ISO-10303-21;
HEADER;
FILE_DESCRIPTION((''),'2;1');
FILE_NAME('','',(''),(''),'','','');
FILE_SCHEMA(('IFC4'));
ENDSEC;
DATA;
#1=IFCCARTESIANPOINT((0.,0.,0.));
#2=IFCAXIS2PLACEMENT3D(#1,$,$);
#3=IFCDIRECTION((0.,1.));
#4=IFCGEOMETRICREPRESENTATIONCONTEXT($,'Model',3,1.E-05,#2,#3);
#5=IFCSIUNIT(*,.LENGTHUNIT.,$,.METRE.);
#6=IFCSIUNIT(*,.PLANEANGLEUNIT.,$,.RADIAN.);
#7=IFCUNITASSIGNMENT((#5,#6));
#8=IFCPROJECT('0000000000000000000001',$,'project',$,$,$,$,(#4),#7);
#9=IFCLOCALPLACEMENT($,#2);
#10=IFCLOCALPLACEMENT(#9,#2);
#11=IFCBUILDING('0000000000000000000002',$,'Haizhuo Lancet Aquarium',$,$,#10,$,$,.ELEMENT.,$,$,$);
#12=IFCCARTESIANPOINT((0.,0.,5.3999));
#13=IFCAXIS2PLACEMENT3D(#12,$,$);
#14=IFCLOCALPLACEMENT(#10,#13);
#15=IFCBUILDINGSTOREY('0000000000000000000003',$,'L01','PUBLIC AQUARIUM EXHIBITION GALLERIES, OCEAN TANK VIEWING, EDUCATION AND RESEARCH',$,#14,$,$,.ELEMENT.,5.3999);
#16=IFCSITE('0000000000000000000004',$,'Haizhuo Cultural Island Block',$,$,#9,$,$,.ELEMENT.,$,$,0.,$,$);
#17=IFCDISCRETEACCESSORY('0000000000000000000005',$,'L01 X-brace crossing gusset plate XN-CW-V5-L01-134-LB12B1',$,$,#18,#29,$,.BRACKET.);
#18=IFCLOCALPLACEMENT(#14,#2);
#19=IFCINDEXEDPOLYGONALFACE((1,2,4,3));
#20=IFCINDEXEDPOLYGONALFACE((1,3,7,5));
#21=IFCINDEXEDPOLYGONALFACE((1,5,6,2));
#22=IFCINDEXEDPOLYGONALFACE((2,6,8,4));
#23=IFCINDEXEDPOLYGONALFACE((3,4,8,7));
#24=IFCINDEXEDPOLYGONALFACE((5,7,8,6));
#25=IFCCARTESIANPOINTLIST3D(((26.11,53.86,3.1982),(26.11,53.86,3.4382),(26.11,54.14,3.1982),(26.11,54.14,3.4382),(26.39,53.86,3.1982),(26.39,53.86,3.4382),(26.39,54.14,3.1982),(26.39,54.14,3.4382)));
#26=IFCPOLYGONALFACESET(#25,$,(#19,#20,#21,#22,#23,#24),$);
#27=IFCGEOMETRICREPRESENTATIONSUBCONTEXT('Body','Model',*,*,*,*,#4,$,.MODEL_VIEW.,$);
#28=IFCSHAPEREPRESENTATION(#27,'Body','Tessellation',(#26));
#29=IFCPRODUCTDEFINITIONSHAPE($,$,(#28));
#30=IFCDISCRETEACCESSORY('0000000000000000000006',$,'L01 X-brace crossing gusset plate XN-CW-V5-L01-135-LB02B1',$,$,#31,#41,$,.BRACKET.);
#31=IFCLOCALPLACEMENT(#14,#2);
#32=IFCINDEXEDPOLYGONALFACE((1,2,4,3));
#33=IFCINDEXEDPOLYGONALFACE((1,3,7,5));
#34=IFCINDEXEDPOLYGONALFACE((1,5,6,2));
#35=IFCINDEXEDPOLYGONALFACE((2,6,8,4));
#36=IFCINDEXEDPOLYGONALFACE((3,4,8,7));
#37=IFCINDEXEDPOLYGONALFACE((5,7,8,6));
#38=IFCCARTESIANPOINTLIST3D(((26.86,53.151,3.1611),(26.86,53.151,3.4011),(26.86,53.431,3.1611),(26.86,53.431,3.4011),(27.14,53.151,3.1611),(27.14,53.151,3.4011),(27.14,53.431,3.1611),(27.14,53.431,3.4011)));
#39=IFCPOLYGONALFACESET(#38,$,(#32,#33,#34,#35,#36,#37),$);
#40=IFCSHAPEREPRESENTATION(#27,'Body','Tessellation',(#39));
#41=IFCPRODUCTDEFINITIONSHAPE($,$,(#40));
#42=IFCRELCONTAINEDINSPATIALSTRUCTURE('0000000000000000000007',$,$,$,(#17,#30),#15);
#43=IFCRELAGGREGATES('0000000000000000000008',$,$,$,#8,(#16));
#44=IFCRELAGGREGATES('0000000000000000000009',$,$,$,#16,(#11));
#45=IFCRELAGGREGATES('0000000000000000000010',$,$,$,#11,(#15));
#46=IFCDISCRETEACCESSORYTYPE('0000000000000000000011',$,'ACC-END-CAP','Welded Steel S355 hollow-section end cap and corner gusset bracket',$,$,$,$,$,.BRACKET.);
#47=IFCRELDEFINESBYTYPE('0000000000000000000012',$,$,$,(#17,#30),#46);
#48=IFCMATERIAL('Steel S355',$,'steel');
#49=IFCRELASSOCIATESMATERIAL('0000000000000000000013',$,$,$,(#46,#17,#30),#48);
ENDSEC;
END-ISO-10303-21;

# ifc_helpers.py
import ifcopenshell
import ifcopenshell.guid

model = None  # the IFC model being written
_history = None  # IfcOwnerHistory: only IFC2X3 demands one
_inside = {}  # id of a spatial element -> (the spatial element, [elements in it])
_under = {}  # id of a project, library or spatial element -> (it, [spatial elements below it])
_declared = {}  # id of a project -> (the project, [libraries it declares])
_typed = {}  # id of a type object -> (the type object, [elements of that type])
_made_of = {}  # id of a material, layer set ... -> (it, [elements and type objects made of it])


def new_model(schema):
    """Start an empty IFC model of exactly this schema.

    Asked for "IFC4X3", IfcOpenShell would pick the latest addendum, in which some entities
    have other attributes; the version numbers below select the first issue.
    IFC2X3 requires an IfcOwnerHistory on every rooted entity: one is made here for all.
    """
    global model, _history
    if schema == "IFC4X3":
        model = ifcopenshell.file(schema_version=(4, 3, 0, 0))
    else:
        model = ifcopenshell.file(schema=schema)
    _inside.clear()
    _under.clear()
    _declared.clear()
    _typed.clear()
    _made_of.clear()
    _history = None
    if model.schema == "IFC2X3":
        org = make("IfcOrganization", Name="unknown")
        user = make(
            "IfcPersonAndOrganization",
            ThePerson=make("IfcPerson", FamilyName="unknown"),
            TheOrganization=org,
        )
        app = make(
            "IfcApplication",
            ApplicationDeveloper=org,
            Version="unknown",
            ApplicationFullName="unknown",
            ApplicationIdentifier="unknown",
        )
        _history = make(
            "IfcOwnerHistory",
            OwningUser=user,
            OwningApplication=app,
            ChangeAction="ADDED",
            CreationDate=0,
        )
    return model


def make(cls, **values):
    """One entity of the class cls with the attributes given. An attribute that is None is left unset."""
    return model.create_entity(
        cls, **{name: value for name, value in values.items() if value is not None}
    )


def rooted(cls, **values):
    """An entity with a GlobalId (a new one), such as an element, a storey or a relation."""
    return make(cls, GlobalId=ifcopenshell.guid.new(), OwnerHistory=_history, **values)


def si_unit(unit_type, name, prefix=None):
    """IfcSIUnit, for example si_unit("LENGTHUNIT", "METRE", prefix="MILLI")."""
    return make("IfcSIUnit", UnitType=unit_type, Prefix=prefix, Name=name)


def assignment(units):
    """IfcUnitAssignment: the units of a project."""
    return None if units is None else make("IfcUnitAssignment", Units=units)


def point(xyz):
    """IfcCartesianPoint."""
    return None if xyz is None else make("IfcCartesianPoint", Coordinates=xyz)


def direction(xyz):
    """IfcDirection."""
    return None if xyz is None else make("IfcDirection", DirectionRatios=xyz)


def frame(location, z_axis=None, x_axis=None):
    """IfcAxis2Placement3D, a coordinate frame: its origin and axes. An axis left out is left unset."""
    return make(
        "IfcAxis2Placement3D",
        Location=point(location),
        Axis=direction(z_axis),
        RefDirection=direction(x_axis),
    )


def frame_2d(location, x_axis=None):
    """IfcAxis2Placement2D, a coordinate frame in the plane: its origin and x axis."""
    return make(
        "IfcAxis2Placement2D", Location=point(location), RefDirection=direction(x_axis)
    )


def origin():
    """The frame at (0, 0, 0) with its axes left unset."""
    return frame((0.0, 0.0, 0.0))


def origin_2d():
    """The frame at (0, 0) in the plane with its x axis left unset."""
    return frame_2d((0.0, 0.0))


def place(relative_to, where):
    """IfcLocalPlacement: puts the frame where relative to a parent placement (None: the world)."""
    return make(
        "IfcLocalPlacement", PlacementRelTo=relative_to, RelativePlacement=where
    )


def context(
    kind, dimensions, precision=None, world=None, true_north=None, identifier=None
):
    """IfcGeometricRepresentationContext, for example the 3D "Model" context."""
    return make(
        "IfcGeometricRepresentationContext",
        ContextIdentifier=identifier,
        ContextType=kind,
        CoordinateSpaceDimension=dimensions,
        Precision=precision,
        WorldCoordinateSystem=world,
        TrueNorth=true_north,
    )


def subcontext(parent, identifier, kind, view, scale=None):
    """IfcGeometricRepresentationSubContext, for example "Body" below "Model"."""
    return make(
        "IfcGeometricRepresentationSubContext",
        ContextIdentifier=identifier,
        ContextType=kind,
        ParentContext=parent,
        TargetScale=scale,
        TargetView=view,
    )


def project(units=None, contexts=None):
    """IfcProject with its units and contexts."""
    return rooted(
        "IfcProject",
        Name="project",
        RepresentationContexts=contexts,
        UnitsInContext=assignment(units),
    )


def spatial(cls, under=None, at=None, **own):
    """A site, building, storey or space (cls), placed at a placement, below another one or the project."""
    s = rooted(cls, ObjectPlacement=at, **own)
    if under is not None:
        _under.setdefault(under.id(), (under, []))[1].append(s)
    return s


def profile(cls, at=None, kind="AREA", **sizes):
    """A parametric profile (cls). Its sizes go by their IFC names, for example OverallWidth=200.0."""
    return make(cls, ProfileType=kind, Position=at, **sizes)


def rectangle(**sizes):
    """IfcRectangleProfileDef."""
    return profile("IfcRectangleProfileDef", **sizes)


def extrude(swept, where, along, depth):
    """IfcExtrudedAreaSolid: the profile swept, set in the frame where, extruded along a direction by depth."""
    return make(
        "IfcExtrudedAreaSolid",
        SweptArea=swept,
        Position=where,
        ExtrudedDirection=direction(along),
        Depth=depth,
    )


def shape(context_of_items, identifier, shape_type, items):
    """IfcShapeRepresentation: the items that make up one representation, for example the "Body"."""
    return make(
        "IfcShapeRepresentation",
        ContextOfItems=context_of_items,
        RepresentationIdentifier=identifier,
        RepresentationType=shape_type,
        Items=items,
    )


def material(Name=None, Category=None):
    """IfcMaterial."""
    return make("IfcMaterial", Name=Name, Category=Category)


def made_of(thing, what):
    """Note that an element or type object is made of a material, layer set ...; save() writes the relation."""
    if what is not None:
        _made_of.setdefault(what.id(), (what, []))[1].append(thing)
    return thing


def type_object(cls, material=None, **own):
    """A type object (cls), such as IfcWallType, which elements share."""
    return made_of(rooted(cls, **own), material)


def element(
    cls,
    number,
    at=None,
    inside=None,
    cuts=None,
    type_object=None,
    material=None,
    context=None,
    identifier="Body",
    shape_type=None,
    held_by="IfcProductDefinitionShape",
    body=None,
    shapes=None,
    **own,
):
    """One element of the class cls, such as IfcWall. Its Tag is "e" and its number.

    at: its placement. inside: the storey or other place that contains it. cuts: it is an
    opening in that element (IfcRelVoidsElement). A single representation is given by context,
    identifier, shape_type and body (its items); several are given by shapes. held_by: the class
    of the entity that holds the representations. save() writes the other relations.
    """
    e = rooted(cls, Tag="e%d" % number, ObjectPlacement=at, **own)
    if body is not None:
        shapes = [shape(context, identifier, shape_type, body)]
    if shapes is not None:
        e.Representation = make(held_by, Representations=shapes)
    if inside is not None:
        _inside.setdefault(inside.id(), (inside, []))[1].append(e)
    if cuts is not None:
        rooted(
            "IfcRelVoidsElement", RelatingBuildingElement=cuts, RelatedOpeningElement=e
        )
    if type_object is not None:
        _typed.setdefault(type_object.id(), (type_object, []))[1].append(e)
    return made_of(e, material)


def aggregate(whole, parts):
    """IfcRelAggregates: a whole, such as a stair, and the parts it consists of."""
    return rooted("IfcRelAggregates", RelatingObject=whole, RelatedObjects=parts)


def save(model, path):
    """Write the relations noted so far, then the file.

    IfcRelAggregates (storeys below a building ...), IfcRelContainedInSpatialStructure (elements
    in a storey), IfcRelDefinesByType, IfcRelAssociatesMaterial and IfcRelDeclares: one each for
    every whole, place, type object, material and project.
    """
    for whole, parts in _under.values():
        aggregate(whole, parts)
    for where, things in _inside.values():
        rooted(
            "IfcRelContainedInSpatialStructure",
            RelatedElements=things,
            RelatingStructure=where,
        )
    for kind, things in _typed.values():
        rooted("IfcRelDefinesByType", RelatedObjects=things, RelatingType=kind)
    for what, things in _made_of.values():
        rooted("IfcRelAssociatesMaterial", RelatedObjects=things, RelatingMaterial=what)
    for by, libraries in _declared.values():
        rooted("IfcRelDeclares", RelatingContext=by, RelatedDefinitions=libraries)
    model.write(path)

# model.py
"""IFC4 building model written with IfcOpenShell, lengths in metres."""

from ifc_helpers import new_model, si_unit, direction, frame, origin, origin_2d, place, context, subcontext, project, spatial, rectangle, extrude, material, type_object, element, save


model = new_model("IFC4")

# Units and contexts
model_context = context("Model", 3, precision=1e-05, world=origin(), true_north=direction((0.0, 1.0)))
body_context = subcontext(model_context, "Body", "Model", "MODEL_VIEW")
ifc_project = project(units=[si_unit("LENGTHUNIT", "METRE"), si_unit("PLANEANGLEUNIT", "RADIAN")], contexts=[model_context])

# Site, building, storey
site_placement = place(None, origin())
site = spatial("IfcSite", under=ifc_project, at=site_placement, Name="Haizhuo Cultural Island Block", CompositionType="ELEMENT", RefElevation=0.0)
building_placement = place(site_placement, origin())
building = spatial("IfcBuilding", under=site, at=building_placement, Name="Haizhuo Lancet Aquarium", CompositionType="ELEMENT")
storey_placement = place(building_placement, frame((0.0, 0.0, 5.3999)))
storey = spatial("IfcBuildingStorey", under=building, at=storey_placement, Name="L01", Description="PUBLIC AQUARIUM EXHIBITION GALLERIES, OCEAN TANK VIEWING, EDUCATION AND RESEARCH", CompositionType="ELEMENT", Elevation=5.3999)

# Shared definitions
ifc_material_1 = material(Name="Steel S355", Category="steel")

# Discrete accessories
discrete_accessory_type = type_object("IfcDiscreteAccessoryType", Name="ACC-END-CAP", Description="Welded Steel S355 hollow-section end cap and corner gusset bracket", PredefinedType="BRACKET", material=ifc_material_1)
for number, where, z_axis, x_axis, name in (
    (1, (26.25, 54.0, 3.1982), (0.0, 0.0, 1.0), (1.0, 0.0, 0.0), "L01 X-brace crossing gusset plate XN-CW-V5-L01-134-LB12B1"),
    (2, (27.0, 53.291, 3.1611), (0.0, 0.0, 1.0), (1.0, 0.0, 0.0), "L01 X-brace crossing gusset plate XN-CW-V5-L01-135-LB02B1"),
):
    element("IfcDiscreteAccessory", number, at=place(storey_placement, frame(where, z_axis=z_axis, x_axis=x_axis)), inside=storey, type_object=discrete_accessory_type, material=ifc_material_1, Name=name, PredefinedType="BRACKET", context=body_context, shape_type="SweptSolid", body=[
        extrude(rectangle(XDim=0.28, YDim=0.28, at=origin_2d()), origin(), (0.0, 0.0, 1.0), 0.24),
    ])

save(model, "model.ifc")
